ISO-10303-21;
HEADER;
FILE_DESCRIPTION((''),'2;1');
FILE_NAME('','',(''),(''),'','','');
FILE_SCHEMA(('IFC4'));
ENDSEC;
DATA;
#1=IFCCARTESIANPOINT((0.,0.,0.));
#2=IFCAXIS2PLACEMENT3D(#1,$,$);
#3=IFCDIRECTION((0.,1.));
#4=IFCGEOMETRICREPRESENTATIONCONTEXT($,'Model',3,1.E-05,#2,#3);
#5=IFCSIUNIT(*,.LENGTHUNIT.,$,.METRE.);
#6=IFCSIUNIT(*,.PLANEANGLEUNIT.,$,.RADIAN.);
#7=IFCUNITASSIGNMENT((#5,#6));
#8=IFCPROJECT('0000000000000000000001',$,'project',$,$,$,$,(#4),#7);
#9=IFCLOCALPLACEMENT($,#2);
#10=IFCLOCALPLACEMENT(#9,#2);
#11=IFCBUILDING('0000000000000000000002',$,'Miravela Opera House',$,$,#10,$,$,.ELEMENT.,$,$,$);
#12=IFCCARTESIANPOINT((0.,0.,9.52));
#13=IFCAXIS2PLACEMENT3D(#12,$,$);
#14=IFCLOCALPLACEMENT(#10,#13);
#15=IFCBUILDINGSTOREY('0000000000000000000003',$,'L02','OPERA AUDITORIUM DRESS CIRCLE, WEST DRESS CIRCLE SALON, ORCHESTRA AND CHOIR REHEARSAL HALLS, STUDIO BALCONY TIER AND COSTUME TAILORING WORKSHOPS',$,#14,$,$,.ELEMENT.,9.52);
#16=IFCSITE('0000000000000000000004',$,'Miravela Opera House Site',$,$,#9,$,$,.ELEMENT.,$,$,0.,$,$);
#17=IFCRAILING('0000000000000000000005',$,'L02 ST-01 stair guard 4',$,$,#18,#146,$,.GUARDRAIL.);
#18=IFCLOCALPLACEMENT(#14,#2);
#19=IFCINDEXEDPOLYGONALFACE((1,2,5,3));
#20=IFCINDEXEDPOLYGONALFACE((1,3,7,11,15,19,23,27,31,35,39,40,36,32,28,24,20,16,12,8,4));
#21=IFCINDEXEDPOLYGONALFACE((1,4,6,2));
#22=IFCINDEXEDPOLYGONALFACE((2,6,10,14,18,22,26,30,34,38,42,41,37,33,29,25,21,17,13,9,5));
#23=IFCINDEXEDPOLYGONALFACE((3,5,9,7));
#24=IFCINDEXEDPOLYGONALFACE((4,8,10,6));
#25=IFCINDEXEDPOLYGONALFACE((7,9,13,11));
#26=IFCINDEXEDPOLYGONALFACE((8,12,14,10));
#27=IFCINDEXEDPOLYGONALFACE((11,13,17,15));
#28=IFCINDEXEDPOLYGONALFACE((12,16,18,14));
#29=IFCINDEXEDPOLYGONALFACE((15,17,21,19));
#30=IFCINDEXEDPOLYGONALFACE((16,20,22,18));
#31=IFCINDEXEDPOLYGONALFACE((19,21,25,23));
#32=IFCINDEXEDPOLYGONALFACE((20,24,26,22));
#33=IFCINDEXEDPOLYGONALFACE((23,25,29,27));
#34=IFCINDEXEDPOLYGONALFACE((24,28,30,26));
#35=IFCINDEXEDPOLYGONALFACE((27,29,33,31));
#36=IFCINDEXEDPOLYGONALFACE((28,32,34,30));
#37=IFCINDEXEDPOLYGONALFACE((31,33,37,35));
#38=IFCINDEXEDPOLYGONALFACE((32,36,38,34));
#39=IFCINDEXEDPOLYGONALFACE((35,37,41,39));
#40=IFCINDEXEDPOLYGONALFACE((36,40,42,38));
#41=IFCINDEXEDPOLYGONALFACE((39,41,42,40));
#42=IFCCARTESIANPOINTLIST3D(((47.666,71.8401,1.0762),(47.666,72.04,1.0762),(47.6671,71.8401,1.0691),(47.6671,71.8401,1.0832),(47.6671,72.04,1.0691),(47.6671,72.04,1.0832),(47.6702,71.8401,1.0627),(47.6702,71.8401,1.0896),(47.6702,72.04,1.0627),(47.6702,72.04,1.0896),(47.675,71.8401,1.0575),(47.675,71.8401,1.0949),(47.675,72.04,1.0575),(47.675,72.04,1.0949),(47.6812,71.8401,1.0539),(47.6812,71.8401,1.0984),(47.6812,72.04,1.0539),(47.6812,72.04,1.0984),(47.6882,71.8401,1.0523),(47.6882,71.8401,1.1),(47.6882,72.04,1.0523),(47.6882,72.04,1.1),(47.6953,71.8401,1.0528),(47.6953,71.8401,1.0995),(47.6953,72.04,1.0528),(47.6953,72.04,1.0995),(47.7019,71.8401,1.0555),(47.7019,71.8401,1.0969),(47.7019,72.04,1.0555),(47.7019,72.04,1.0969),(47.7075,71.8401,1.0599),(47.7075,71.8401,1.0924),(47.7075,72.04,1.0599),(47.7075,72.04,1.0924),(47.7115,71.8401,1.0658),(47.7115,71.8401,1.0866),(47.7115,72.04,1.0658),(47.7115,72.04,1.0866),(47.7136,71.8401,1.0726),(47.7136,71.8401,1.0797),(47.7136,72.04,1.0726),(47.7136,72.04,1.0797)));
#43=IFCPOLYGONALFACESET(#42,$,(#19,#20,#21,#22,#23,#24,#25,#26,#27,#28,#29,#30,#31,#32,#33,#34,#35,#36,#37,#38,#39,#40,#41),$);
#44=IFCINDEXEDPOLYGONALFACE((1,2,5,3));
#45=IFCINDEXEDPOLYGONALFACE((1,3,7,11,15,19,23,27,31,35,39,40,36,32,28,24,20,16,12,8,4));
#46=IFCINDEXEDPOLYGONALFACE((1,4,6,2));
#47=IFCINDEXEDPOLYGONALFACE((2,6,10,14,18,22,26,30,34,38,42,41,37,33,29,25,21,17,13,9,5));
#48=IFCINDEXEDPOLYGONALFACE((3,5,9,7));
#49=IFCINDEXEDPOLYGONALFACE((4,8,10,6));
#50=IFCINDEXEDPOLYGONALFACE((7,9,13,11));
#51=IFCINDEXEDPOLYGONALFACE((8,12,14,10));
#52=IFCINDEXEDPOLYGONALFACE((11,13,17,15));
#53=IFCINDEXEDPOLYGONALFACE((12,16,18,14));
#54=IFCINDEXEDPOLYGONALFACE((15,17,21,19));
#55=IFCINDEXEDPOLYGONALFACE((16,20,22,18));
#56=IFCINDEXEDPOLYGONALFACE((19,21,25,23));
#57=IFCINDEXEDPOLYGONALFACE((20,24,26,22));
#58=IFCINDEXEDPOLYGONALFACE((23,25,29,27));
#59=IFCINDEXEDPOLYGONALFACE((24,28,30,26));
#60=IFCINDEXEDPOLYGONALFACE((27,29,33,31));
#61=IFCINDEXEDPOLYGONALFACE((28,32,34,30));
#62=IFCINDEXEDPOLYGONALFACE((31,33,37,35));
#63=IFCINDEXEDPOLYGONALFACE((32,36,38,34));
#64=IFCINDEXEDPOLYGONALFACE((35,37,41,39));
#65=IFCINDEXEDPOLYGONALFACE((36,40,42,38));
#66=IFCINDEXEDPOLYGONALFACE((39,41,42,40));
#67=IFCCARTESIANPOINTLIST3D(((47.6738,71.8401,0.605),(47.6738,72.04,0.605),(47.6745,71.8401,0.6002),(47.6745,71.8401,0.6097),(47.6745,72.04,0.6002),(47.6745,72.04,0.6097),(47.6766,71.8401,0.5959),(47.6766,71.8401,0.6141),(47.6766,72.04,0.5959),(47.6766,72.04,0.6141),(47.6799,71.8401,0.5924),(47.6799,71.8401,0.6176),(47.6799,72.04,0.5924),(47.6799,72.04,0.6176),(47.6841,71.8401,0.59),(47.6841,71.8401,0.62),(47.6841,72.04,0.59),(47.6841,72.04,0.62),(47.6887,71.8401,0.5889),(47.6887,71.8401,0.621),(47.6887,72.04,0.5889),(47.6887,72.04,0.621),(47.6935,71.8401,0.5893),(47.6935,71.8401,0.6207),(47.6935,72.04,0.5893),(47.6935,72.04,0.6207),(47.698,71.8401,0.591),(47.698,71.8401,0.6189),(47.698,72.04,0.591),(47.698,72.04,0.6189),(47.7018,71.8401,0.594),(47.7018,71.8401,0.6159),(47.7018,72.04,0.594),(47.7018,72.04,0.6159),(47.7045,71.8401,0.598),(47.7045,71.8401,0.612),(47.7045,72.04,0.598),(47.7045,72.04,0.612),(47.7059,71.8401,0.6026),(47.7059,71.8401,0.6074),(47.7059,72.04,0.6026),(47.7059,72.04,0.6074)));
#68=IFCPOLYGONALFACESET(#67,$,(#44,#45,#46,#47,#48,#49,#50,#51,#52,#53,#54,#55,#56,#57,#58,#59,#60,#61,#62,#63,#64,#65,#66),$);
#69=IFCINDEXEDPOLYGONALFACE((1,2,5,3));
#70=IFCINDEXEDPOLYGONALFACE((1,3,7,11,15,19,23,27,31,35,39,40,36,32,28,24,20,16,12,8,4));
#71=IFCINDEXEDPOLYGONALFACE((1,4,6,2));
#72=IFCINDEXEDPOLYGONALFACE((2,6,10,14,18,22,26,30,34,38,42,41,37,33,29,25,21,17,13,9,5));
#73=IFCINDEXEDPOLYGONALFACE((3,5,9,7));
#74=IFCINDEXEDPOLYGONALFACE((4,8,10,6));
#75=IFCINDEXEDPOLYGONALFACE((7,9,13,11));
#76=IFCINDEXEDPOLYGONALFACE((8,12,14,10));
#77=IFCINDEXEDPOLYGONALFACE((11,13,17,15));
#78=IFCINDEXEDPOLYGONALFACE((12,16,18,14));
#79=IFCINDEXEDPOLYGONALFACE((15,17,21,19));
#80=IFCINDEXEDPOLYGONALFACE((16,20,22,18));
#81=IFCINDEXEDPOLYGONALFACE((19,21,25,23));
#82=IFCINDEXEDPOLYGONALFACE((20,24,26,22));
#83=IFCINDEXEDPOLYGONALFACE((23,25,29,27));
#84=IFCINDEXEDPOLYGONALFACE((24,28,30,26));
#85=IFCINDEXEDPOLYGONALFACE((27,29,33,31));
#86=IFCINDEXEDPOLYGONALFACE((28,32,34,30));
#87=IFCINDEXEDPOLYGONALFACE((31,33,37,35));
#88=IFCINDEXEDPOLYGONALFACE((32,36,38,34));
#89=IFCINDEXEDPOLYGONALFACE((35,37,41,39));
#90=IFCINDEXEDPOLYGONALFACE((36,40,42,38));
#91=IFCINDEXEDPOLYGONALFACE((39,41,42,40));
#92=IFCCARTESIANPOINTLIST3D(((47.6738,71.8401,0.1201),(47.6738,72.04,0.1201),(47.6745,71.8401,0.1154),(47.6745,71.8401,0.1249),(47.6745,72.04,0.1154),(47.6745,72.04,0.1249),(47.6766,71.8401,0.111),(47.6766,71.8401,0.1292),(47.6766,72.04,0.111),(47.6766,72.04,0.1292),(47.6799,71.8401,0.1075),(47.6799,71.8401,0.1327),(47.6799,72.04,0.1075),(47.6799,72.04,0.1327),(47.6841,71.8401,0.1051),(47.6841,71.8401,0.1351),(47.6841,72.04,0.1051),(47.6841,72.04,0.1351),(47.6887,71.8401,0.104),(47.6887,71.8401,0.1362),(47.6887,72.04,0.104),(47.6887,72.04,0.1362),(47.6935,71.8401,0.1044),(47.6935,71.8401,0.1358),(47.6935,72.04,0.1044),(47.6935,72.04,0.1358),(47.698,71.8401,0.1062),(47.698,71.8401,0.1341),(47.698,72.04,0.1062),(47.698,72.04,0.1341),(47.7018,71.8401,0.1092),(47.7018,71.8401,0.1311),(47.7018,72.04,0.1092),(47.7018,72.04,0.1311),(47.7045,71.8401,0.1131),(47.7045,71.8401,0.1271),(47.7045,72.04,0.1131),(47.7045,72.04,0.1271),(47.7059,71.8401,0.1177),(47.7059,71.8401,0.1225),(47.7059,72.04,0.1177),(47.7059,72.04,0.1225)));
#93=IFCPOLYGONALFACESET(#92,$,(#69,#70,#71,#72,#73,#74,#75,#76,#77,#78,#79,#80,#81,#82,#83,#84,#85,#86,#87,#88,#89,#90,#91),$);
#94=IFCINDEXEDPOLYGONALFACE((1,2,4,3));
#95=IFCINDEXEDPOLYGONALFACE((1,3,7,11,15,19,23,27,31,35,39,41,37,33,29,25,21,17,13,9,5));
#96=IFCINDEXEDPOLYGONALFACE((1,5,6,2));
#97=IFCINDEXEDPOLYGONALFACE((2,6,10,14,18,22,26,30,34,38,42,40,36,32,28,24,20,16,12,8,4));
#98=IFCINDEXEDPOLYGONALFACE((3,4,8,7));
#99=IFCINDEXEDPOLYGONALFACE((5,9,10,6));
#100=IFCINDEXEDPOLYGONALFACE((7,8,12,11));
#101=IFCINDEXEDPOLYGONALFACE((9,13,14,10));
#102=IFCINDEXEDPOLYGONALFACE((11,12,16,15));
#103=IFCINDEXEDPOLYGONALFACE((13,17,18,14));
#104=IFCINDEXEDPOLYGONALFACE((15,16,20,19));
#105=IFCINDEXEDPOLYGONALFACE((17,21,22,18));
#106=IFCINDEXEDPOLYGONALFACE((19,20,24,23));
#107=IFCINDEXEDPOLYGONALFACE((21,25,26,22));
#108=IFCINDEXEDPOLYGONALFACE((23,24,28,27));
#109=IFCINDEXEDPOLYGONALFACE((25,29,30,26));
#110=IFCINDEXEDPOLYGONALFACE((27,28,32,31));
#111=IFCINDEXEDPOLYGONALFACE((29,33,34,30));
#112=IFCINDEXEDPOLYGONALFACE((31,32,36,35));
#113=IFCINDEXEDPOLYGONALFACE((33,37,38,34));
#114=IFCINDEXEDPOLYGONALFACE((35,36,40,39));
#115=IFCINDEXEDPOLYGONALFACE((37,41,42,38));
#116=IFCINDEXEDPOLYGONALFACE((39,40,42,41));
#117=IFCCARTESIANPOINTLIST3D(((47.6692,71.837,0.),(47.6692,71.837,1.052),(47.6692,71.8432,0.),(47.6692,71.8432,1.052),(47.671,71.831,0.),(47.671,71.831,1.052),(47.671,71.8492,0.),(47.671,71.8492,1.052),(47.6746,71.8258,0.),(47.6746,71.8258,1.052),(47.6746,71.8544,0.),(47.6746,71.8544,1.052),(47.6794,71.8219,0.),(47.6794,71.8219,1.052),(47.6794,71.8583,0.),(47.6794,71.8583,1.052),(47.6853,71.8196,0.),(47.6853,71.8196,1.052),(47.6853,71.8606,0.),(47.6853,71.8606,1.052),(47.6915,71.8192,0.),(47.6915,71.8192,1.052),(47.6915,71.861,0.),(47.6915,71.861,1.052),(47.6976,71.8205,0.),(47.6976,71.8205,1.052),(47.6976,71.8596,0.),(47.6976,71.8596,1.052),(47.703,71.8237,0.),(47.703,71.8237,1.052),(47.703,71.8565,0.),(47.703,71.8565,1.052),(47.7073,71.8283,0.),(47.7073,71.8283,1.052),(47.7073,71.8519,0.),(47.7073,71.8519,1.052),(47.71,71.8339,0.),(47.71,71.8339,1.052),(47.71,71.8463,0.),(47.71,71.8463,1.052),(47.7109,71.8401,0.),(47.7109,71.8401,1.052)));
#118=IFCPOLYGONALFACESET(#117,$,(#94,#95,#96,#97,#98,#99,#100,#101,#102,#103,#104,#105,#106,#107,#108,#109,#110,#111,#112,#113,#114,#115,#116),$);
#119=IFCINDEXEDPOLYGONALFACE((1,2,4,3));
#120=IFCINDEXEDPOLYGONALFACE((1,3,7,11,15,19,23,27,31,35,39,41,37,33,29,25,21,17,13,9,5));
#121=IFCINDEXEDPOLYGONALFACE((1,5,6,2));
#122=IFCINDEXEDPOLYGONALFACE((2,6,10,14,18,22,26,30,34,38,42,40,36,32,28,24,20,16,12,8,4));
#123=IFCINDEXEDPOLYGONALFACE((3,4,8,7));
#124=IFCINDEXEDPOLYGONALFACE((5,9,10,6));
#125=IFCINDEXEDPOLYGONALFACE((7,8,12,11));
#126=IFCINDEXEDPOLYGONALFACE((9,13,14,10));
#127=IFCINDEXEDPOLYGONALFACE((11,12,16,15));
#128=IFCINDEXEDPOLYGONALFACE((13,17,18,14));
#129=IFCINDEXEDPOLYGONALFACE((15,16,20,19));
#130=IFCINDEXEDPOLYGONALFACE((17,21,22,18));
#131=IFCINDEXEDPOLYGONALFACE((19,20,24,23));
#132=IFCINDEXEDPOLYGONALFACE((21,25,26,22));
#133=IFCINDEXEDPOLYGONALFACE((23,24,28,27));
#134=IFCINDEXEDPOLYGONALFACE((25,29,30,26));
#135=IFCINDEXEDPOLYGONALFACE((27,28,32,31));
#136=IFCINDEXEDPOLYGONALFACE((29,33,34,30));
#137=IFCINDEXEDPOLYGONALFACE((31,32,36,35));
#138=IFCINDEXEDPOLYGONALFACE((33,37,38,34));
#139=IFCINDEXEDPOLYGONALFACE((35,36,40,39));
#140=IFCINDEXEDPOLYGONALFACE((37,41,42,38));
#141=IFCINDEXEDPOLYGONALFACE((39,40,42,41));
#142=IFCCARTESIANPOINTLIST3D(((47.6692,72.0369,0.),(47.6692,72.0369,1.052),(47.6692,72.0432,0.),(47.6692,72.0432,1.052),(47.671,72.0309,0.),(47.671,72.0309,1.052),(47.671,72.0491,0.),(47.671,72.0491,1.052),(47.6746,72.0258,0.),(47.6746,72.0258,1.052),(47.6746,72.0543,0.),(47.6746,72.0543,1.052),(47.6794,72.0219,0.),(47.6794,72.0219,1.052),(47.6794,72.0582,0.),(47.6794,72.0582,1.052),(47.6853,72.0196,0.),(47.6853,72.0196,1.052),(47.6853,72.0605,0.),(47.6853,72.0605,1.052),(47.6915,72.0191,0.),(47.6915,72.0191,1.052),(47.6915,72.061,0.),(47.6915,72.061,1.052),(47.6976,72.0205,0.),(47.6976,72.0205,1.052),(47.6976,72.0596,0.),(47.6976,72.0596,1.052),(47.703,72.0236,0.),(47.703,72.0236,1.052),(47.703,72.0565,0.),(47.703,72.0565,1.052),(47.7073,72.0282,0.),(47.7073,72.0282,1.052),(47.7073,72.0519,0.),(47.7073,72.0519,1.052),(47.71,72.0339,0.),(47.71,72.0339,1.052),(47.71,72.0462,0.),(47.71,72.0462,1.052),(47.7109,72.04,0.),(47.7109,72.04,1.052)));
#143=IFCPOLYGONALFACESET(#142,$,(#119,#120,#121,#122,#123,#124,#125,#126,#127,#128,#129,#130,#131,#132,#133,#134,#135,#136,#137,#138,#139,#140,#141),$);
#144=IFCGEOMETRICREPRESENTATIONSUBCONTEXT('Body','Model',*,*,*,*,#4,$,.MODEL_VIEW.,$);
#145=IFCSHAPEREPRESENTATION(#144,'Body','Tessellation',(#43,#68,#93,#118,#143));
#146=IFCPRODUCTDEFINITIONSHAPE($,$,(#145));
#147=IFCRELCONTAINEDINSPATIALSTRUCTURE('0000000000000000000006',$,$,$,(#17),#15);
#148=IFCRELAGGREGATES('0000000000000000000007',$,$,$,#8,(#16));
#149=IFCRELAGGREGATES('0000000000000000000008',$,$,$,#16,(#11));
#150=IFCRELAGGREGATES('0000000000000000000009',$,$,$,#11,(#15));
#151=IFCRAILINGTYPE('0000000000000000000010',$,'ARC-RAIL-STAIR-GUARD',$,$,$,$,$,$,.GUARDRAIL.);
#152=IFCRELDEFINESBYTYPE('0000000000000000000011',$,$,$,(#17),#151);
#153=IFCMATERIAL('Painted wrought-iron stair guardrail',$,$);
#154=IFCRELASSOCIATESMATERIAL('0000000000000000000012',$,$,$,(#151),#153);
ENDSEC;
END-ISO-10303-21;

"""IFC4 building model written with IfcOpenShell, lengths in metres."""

from ifc_helpers import new_model, si_unit, direction, frame, origin, origin_2d, place, context, subcontext, project, spatial, circle, extrude, material, type_object, element, save


model = new_model("IFC4")

# Units and contexts
model_context = context("Model", 3, precision=1e-05, world=origin(), true_north=direction((0.0, 1.0)))
body_context = subcontext(model_context, "Body", "Model", "MODEL_VIEW")
ifc_project = project(units=[si_unit("LENGTHUNIT", "METRE"), si_unit("PLANEANGLEUNIT", "RADIAN")], contexts=[model_context])

# Site, building, storey
site_placement = place(None, origin())
site = spatial("IfcSite", under=ifc_project, at=site_placement, Name="Miravela Opera House Site", CompositionType="ELEMENT", RefElevation=0.0)
building_placement = place(site_placement, origin())
building = spatial("IfcBuilding", under=site, at=building_placement, Name="Miravela Opera House", CompositionType="ELEMENT")
storey_placement = place(building_placement, frame((0.0, 0.0, 9.52)))
storey = spatial("IfcBuildingStorey", under=building, at=storey_placement, Name="L02", Description="OPERA AUDITORIUM DRESS CIRCLE, WEST DRESS CIRCLE SALON, ORCHESTRA AND CHOIR REHEARSAL HALLS, STUDIO BALCONY TIER AND COSTUME TAILORING WORKSHOPS", CompositionType="ELEMENT", Elevation=9.52)

# Railing
ifc_material_1 = material(Name="Painted wrought-iron stair guardrail")
railing_type_1 = type_object("IfcRailingType", Name="ARC-RAIL-STAIR-GUARD", PredefinedType="GUARDRAIL", material=ifc_material_1)
railing_1_placement = place(storey_placement, frame((47.6899, 71.8401, 0.0)))
element("IfcRailing", 1, at=railing_1_placement, inside=storey, type_object=railing_type_1, Name="L02 ST-01 stair guard 4", PredefinedType="GUARDRAIL", context=body_context, shape_type="SweptSolid", body=[
    extrude(circle(Radius=0.0239, at=origin_2d()), frame((0.0, 0.0, 1.0762), z_axis=(0.0, 1.0, 0.0), x_axis=(-1.0, 0.0, 0.0)), (0.0, 0.0, 1.0), 0.2),
    extrude(circle(Radius=0.0161, at=origin_2d()), frame((0.0, 0.0, 0.605), z_axis=(0.0, 1.0, 0.0), x_axis=(-1.0, 0.0, 0.0)), (0.0, 0.0, 1.0), 0.2),
    extrude(circle(Radius=0.0161, at=origin_2d()), frame((0.0, 0.0, 0.1201), z_axis=(0.0, 1.0, 0.0), x_axis=(-1.0, 0.0, 0.0)), (0.0, 0.0, 1.0), 0.2),
    extrude(circle(Radius=0.021, at=origin_2d()), origin(), (0.0, 0.0, 1.0), 1.052),
    extrude(circle(Radius=0.021, at=origin_2d()), frame((0.0, 0.2, 0.0)), (0.0, 0.0, 1.0), 1.052),
])

save(model, "model.ifc")
